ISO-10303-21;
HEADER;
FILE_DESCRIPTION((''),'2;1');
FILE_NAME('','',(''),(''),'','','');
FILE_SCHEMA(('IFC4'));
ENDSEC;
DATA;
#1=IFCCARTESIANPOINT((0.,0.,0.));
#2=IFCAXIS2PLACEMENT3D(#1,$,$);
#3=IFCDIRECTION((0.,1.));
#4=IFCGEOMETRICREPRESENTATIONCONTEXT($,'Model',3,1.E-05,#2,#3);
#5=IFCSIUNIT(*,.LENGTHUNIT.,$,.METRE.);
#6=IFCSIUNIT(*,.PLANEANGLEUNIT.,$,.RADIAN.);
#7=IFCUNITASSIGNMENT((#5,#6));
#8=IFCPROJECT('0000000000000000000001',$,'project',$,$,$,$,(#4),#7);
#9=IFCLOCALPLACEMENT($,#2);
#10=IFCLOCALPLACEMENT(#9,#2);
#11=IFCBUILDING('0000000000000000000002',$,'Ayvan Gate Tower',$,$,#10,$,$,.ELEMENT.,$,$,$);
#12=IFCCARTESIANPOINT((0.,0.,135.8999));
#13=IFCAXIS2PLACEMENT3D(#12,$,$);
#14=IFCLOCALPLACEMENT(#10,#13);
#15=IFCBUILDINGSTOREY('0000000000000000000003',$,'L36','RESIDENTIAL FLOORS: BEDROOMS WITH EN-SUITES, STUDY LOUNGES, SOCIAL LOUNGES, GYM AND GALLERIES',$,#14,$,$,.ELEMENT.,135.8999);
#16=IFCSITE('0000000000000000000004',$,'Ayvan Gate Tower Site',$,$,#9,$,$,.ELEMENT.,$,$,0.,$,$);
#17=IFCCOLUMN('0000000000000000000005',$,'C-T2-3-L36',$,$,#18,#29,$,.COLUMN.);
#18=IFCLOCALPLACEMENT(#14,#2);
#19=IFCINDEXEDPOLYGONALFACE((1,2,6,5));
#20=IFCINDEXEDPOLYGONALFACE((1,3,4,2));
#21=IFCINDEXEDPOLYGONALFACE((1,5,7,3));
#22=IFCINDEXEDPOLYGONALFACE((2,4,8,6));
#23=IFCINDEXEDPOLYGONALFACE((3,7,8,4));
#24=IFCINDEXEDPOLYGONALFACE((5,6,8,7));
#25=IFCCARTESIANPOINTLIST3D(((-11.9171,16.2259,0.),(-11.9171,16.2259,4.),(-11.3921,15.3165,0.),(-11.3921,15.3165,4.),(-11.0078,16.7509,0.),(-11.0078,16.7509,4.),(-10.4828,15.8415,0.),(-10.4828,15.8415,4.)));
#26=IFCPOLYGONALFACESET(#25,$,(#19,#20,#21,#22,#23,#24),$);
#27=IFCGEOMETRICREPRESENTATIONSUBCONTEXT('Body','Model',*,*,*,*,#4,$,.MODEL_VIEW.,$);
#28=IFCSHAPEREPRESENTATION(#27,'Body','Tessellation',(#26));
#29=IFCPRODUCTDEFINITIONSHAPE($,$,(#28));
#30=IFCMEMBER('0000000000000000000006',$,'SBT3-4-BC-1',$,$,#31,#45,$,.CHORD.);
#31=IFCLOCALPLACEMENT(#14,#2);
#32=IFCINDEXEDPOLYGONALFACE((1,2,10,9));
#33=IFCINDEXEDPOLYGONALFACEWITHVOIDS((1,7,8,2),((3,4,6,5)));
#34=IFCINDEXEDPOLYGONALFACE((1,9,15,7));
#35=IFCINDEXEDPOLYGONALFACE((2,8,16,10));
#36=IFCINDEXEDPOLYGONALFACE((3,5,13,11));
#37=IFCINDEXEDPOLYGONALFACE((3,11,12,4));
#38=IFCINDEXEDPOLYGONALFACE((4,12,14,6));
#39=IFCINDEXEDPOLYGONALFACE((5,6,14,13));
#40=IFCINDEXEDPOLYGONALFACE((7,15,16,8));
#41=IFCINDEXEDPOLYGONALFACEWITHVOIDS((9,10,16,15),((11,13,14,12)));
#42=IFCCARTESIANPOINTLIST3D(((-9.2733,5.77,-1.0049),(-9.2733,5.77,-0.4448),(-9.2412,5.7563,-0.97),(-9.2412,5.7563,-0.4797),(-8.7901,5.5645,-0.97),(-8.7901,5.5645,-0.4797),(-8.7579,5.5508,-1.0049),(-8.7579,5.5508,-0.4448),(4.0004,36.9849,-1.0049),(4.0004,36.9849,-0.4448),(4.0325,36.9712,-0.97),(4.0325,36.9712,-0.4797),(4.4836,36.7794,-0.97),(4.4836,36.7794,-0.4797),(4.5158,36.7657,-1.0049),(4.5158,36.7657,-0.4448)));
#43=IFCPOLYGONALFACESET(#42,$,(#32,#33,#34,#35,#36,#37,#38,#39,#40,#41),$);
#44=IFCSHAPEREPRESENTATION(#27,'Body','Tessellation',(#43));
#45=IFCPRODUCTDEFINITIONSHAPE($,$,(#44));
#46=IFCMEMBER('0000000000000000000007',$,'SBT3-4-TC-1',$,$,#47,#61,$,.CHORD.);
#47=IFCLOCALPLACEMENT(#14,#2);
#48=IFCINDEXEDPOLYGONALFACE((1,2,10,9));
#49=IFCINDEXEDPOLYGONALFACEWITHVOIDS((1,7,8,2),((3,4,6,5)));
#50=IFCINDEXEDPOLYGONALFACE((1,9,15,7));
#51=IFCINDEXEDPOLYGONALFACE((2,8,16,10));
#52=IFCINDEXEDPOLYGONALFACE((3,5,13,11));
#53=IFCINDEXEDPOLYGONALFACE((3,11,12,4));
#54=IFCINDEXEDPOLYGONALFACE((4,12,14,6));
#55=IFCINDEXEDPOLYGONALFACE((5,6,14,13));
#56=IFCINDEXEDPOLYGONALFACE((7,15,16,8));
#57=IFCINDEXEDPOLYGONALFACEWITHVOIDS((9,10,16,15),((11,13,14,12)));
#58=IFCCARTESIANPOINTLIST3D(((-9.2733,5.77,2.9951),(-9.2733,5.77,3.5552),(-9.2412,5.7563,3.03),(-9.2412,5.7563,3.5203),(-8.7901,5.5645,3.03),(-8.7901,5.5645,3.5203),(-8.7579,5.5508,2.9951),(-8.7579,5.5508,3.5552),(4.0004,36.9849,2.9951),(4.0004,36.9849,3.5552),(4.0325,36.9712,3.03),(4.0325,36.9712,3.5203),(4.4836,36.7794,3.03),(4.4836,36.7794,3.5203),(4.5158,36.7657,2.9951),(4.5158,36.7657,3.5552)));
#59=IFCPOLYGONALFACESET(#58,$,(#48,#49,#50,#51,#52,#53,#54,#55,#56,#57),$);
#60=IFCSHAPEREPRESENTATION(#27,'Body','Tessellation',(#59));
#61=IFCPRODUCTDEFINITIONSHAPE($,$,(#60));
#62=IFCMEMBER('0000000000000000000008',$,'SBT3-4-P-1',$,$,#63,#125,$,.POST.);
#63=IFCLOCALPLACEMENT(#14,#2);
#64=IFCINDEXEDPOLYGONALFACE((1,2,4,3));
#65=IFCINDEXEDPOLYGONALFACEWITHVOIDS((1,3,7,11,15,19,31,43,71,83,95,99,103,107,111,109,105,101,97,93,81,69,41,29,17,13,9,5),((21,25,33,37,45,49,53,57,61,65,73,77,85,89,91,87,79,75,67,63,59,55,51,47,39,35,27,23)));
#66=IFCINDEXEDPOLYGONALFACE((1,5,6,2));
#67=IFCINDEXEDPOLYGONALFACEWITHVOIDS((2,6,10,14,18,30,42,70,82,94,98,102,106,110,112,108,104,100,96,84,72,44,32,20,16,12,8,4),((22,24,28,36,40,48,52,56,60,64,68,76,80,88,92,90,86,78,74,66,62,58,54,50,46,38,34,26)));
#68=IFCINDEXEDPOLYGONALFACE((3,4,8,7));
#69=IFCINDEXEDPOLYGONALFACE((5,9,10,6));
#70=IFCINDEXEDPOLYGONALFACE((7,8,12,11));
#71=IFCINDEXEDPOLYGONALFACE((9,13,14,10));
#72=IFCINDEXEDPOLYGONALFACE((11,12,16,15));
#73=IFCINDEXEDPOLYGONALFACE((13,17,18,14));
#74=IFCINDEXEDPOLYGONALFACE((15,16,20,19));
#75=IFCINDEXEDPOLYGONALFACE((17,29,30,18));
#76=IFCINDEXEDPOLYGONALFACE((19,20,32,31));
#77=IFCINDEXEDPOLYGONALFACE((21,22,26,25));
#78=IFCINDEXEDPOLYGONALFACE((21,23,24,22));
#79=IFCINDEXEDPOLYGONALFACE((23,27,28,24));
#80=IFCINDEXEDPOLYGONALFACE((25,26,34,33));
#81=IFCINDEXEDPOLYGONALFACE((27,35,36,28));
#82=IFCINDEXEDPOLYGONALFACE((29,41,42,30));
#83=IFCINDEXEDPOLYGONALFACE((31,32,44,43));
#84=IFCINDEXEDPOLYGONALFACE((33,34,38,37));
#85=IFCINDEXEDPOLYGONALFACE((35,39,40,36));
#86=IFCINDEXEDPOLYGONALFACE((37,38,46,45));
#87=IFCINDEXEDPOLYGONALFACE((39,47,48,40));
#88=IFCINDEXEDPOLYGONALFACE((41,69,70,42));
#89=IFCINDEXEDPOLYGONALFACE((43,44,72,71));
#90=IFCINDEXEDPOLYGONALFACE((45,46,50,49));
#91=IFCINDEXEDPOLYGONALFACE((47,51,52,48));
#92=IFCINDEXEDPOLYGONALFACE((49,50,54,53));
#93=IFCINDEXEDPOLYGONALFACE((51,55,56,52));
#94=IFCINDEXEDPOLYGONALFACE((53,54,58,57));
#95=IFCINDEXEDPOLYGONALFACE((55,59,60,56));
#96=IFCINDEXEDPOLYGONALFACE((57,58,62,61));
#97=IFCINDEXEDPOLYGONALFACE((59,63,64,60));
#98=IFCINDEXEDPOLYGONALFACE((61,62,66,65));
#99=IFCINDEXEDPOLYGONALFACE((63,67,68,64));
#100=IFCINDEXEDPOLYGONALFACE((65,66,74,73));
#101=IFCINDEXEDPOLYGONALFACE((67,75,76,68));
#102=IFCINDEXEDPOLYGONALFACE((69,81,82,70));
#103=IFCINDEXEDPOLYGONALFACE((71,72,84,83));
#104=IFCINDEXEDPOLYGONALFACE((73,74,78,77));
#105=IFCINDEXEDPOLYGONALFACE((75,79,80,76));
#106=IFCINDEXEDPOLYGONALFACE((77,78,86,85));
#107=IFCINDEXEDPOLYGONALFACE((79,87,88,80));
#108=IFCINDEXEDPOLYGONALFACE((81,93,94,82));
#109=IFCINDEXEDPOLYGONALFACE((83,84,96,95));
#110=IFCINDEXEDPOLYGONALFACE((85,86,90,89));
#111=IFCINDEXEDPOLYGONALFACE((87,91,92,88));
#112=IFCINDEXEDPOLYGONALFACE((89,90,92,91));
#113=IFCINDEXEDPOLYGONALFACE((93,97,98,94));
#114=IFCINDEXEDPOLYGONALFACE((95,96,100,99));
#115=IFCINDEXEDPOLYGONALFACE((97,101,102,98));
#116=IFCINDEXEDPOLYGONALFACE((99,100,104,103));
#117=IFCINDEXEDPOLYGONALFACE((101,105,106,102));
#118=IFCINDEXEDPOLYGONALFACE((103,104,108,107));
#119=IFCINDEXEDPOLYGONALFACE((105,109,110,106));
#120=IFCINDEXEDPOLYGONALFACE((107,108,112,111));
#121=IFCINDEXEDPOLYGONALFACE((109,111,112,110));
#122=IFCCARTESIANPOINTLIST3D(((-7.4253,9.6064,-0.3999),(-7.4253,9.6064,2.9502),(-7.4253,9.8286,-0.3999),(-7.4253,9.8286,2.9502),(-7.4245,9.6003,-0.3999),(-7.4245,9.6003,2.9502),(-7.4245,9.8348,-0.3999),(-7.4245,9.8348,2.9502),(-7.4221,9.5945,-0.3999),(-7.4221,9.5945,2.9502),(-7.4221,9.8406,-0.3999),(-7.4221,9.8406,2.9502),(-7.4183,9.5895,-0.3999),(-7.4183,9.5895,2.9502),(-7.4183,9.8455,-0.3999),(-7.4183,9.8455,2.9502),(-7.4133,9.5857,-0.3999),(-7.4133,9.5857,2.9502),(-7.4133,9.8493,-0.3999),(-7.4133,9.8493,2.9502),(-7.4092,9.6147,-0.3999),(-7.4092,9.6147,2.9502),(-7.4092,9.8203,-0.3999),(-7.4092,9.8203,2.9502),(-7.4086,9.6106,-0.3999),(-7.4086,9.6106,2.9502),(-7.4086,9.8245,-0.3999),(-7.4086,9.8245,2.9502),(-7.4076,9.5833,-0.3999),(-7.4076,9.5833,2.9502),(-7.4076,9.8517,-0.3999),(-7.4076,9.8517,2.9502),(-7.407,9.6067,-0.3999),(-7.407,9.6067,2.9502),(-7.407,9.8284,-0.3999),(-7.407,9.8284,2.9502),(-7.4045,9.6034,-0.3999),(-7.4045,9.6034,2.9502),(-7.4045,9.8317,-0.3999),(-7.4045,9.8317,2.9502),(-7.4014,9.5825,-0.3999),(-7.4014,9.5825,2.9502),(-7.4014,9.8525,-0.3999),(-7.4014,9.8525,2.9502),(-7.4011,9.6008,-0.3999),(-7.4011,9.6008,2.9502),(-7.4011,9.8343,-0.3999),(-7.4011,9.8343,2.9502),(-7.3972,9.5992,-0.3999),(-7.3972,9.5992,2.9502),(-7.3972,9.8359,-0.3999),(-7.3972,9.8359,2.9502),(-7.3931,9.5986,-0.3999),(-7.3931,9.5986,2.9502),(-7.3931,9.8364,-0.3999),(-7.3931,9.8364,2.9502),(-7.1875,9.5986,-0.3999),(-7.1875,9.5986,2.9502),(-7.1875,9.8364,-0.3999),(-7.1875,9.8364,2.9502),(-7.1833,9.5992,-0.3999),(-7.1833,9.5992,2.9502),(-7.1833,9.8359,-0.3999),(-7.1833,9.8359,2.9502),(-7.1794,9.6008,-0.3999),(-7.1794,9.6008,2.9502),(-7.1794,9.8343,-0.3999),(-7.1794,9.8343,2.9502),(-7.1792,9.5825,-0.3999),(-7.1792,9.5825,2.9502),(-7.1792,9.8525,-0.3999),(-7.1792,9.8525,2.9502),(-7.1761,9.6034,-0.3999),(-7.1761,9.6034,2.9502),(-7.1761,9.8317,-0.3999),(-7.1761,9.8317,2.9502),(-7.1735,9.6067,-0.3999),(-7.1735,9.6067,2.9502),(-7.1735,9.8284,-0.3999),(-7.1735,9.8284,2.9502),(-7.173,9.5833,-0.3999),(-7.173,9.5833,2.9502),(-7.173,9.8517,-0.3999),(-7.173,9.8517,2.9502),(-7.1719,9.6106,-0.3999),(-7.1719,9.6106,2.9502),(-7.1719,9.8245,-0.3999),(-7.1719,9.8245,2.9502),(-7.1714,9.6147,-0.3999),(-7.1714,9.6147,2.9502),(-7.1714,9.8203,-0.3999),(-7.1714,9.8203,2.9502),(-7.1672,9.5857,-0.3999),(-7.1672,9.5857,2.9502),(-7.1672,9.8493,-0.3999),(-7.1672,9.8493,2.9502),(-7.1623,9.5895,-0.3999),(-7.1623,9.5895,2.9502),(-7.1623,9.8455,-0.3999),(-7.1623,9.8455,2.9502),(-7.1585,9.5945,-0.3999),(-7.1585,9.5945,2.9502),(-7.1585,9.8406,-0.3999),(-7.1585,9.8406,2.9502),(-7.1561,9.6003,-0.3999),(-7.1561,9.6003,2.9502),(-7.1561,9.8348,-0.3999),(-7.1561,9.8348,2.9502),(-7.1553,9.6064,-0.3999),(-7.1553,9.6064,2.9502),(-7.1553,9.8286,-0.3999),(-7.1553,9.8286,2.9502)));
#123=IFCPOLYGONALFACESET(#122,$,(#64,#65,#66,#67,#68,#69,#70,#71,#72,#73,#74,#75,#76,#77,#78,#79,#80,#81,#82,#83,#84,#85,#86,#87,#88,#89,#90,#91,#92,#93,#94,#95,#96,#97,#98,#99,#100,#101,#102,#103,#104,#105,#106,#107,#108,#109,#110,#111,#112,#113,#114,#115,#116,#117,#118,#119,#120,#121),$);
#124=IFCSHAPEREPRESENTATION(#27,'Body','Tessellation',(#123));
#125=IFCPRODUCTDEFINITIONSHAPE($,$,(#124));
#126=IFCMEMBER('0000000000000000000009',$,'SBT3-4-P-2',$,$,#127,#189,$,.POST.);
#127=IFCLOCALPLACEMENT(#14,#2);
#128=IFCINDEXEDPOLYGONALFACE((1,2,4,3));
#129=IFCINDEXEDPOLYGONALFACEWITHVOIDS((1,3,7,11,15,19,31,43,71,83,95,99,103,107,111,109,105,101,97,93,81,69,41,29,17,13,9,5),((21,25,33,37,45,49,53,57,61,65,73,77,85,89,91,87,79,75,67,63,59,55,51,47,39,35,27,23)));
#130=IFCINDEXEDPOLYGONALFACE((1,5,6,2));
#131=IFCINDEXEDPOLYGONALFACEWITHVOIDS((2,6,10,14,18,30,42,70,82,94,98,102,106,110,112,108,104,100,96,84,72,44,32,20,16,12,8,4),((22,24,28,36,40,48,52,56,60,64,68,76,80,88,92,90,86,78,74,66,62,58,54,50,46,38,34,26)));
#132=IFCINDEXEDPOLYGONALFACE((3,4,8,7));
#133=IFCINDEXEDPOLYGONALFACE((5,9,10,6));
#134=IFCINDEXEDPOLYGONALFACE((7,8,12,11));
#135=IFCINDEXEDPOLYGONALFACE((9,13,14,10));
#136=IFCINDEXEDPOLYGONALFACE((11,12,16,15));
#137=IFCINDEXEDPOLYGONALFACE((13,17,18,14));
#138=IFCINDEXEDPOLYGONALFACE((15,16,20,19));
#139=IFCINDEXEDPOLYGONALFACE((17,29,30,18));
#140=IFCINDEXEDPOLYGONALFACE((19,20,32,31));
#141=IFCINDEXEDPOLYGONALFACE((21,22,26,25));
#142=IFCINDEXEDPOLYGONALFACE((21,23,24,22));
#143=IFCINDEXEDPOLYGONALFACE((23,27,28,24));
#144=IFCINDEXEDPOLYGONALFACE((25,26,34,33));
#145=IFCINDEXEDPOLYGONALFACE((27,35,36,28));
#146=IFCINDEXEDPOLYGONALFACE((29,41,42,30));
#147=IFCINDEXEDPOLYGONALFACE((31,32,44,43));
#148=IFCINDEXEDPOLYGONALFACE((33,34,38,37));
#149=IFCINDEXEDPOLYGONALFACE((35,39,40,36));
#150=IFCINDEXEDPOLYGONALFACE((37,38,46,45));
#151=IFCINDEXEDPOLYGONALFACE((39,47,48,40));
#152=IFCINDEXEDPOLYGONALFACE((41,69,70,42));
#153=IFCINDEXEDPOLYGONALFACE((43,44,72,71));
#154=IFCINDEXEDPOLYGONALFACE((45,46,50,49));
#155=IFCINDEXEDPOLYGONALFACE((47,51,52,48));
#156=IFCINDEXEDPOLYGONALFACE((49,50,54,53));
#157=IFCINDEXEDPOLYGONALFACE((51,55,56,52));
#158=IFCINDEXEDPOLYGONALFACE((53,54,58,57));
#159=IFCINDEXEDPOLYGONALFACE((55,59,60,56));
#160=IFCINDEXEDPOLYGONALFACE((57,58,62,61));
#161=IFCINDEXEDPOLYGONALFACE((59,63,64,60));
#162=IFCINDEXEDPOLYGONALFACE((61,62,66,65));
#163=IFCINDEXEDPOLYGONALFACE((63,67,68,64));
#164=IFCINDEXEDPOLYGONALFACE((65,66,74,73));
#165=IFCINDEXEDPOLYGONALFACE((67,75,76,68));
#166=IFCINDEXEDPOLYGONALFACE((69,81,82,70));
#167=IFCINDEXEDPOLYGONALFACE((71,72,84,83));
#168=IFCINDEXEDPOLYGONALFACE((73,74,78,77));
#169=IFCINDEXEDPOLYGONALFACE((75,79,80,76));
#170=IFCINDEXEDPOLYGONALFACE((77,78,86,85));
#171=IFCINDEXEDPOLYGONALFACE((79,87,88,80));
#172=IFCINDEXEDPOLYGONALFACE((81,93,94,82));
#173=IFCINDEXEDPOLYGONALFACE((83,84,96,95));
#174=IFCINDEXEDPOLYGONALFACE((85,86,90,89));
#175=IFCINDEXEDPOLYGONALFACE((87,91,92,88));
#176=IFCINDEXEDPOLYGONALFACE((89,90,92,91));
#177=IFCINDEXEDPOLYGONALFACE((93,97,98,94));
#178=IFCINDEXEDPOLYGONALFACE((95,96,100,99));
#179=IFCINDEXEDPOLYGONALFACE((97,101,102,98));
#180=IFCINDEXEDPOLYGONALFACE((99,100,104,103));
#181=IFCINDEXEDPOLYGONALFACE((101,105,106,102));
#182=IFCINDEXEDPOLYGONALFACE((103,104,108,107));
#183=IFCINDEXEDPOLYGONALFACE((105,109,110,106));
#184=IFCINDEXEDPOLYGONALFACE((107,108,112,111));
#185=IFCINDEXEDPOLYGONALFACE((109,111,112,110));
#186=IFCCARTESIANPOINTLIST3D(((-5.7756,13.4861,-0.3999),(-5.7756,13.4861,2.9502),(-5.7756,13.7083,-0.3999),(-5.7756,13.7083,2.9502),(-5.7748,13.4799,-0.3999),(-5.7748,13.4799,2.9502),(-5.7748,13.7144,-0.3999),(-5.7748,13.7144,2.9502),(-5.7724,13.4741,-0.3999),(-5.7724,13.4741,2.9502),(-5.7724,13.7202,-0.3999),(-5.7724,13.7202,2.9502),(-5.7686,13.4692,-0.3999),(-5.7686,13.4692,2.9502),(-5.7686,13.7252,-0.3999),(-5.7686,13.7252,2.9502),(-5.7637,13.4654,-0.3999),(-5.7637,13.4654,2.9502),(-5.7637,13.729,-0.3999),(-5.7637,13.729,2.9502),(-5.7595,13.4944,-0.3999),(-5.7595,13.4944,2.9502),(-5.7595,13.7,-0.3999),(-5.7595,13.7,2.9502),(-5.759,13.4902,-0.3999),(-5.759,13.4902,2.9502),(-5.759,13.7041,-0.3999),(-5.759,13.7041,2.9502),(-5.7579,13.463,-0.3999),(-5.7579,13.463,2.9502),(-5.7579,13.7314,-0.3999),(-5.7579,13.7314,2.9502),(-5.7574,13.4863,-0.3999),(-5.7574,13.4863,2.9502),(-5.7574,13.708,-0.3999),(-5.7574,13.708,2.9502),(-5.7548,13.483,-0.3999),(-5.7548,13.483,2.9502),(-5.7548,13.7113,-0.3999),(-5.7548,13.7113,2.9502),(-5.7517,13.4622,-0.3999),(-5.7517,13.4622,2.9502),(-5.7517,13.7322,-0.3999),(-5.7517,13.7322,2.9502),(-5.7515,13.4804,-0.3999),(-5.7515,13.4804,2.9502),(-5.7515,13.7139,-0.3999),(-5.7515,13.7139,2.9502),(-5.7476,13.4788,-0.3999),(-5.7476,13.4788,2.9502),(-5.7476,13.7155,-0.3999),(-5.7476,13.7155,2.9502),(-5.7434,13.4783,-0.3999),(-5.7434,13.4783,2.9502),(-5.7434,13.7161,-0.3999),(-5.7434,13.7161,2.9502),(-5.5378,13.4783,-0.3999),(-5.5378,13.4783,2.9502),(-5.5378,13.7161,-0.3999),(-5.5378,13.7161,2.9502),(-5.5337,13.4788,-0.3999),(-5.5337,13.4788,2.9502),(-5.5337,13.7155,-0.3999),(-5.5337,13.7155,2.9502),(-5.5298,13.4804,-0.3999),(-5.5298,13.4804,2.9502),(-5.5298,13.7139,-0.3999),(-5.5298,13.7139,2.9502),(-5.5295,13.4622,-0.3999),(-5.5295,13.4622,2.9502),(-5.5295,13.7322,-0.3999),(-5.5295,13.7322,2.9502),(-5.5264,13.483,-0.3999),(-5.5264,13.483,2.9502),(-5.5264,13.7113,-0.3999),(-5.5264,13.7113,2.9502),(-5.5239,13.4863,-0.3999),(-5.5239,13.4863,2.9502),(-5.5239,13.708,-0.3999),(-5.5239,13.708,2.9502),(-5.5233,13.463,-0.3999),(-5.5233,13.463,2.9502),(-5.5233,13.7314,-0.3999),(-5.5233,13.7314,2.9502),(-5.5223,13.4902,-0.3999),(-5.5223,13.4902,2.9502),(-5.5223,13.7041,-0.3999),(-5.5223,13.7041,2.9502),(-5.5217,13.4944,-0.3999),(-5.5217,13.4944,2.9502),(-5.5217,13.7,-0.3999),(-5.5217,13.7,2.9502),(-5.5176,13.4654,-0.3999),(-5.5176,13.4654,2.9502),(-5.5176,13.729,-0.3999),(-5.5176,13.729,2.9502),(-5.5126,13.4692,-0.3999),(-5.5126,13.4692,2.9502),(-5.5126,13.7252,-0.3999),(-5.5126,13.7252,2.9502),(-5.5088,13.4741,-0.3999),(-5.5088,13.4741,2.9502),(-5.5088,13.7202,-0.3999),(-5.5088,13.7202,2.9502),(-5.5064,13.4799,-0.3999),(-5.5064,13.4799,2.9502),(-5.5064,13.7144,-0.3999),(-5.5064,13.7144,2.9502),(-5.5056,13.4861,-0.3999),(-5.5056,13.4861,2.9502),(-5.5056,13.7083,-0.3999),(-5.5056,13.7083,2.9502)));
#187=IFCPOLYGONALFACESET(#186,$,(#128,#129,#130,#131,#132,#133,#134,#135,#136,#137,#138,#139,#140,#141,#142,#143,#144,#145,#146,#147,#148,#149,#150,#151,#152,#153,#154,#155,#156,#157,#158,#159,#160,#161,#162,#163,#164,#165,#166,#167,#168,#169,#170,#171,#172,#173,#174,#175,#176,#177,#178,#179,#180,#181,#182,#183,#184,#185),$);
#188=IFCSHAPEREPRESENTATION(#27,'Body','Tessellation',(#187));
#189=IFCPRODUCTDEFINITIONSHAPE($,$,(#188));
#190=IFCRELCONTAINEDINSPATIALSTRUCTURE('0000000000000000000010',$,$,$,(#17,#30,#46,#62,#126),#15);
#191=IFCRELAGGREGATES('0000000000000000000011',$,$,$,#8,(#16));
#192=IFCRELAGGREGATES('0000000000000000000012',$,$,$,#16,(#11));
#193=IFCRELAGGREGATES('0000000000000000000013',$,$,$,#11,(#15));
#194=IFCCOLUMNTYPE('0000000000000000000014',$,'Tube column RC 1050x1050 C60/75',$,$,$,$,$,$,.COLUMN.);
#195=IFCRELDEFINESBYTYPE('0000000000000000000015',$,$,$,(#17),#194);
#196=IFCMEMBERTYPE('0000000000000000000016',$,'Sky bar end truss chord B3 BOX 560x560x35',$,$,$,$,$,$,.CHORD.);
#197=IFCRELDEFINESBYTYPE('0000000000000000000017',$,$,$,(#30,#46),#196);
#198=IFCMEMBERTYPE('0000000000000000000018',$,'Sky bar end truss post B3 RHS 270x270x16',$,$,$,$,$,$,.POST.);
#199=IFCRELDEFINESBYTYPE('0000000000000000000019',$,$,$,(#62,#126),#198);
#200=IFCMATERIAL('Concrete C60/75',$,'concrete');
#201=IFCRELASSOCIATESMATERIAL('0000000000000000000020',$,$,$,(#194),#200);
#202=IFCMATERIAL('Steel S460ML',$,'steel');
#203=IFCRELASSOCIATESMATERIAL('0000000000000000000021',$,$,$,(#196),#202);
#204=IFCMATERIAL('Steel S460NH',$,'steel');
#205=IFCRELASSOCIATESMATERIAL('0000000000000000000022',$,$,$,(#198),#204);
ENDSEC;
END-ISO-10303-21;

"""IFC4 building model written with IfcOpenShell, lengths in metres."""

from ifc_helpers import new_model, si_unit, direction, frame, origin, origin_2d, place, context, subcontext, project, spatial, rectangle, hollow_rectangle, extrude, material, material_profile, profile_set, type_object, element, save


model = new_model("IFC4")

# Units and contexts
model_context = context("Model", 3, precision=1e-05, world=origin(), true_north=direction((0.0, 1.0)))
body_context = subcontext(model_context, "Body", "Model", "MODEL_VIEW")
ifc_project = project(units=[si_unit("LENGTHUNIT", "METRE"), si_unit("PLANEANGLEUNIT", "RADIAN")], contexts=[model_context])

# Site, building, storey
site_placement = place(None, origin())
site = spatial("IfcSite", under=ifc_project, at=site_placement, Name="Ayvan Gate Tower Site", CompositionType="ELEMENT", RefElevation=0.0)
building_placement = place(site_placement, origin())
building = spatial("IfcBuilding", under=site, at=building_placement, Name="Ayvan Gate Tower", CompositionType="ELEMENT")
storey_placement = place(building_placement, frame((0.0, 0.0, 135.8999)))
storey = spatial("IfcBuildingStorey", under=building, at=storey_placement, Name="L36", Description="RESIDENTIAL FLOORS: BEDROOMS WITH EN-SUITES, STUDY LOUNGES, SOCIAL LOUNGES, GYM AND GALLERIES", CompositionType="ELEMENT", Elevation=135.8999)

# Column
ifc_material_1 = material(Name="Concrete C60/75", Category="concrete")
ifc_material_profile_1 = material_profile(ifc_material_1, rectangle(XDim=1.05, YDim=1.05, at=origin_2d()), Name="RC 1050x1050")
ifc_profile_set_1 = profile_set([ifc_material_profile_1], Name="Concrete C60/75")
column_type = type_object("IfcColumnType", Name="Tube column RC 1050x1050 C60/75", PredefinedType="COLUMN", material=ifc_profile_set_1)
column_placement = place(storey_placement, frame((-11.2, 16.0337, 0.0), z_axis=(0.0, 0.0, 1.0), x_axis=(-0.5, 0.866025, 0.0)))
element("IfcColumn", 1, at=column_placement, inside=storey, type_object=column_type, Name="C-T2-3-L36", PredefinedType="COLUMN", context=body_context, shape_type="SweptSolid", body=[
    extrude(rectangle(XDim=1.05, YDim=1.05, at=origin_2d()), origin(), (0.0, 0.0, 1.0), 4.0),
])

# Members
ifc_material_2 = material(Name="Steel S460ML", Category="steel")
ifc_material_profile_2 = material_profile(ifc_material_2, hollow_rectangle(XDim=0.5601, YDim=0.5601, WallThickness=0.0349, at=origin_2d()), Name="BOX 560x560x35")
ifc_profile_set_2 = profile_set([ifc_material_profile_2], Name="Steel S460ML")
member_type_1 = type_object("IfcMemberType", Name="Sky bar end truss chord B3 BOX 560x560x35", PredefinedType="CHORD", material=ifc_profile_set_2)
for number, where, z_axis, x_axis, name in (
    (2, (-9.0156, 5.6604, -0.7249), (0.391325, 0.920253, 0.0), (-0.920253, 0.391325, 0.0), "SBT3-4-BC-1"),
    (3, (-9.0156, 5.6604, 3.2751), (0.391325, 0.920253, 0.0), (-0.920253, 0.391325, 0.0), "SBT3-4-TC-1"),
):
    element("IfcMember", number, at=place(storey_placement, frame(where, z_axis=z_axis, x_axis=x_axis)), inside=storey, type_object=member_type_1, Name=name, PredefinedType="CHORD", context=body_context, shape_type="SweptSolid", body=[
        extrude(hollow_rectangle(XDim=0.5601, YDim=0.5601, WallThickness=0.0349, at=origin_2d()), origin(), (0.0, 0.0, 1.0), 33.9199),
    ])
ifc_material_3 = material(Name="Steel S460NH", Category="steel")
ifc_material_profile_3 = material_profile(ifc_material_3, hollow_rectangle(XDim=0.27, YDim=0.27, WallThickness=0.0161, InnerFilletRadius=0.0161, OuterFilletRadius=0.0239, at=origin_2d()), Name="RHS 270x270x16")
ifc_profile_set_3 = profile_set([ifc_material_profile_3], Name="Steel S460NH")
member_type_2 = type_object("IfcMemberType", Name="Sky bar end truss post B3 RHS 270x270x16", PredefinedType="POST", material=ifc_profile_set_3)
for number, where, z_axis, x_axis, name in (
    (4, (-7.2903, 9.7175, -0.3999), (0.0, 0.0, 1.0), (1.0, 0.0, 0.0), "SBT3-4-P-1"),
    (5, (-5.6406, 13.5972, -0.3999), (0.0, 0.0, 1.0), (1.0, 0.0, 0.0), "SBT3-4-P-2"),
):
    element("IfcMember", number, at=place(storey_placement, frame(where, z_axis=z_axis, x_axis=x_axis)), inside=storey, type_object=member_type_2, Name=name, PredefinedType="POST", context=body_context, shape_type="SweptSolid", body=[
        extrude(hollow_rectangle(XDim=0.27, YDim=0.27, WallThickness=0.0161, InnerFilletRadius=0.0161, OuterFilletRadius=0.0239, at=origin_2d()), origin(), (0.0, 0.0, 1.0), 3.3501),
    ])

save(model, "model.ifc")
